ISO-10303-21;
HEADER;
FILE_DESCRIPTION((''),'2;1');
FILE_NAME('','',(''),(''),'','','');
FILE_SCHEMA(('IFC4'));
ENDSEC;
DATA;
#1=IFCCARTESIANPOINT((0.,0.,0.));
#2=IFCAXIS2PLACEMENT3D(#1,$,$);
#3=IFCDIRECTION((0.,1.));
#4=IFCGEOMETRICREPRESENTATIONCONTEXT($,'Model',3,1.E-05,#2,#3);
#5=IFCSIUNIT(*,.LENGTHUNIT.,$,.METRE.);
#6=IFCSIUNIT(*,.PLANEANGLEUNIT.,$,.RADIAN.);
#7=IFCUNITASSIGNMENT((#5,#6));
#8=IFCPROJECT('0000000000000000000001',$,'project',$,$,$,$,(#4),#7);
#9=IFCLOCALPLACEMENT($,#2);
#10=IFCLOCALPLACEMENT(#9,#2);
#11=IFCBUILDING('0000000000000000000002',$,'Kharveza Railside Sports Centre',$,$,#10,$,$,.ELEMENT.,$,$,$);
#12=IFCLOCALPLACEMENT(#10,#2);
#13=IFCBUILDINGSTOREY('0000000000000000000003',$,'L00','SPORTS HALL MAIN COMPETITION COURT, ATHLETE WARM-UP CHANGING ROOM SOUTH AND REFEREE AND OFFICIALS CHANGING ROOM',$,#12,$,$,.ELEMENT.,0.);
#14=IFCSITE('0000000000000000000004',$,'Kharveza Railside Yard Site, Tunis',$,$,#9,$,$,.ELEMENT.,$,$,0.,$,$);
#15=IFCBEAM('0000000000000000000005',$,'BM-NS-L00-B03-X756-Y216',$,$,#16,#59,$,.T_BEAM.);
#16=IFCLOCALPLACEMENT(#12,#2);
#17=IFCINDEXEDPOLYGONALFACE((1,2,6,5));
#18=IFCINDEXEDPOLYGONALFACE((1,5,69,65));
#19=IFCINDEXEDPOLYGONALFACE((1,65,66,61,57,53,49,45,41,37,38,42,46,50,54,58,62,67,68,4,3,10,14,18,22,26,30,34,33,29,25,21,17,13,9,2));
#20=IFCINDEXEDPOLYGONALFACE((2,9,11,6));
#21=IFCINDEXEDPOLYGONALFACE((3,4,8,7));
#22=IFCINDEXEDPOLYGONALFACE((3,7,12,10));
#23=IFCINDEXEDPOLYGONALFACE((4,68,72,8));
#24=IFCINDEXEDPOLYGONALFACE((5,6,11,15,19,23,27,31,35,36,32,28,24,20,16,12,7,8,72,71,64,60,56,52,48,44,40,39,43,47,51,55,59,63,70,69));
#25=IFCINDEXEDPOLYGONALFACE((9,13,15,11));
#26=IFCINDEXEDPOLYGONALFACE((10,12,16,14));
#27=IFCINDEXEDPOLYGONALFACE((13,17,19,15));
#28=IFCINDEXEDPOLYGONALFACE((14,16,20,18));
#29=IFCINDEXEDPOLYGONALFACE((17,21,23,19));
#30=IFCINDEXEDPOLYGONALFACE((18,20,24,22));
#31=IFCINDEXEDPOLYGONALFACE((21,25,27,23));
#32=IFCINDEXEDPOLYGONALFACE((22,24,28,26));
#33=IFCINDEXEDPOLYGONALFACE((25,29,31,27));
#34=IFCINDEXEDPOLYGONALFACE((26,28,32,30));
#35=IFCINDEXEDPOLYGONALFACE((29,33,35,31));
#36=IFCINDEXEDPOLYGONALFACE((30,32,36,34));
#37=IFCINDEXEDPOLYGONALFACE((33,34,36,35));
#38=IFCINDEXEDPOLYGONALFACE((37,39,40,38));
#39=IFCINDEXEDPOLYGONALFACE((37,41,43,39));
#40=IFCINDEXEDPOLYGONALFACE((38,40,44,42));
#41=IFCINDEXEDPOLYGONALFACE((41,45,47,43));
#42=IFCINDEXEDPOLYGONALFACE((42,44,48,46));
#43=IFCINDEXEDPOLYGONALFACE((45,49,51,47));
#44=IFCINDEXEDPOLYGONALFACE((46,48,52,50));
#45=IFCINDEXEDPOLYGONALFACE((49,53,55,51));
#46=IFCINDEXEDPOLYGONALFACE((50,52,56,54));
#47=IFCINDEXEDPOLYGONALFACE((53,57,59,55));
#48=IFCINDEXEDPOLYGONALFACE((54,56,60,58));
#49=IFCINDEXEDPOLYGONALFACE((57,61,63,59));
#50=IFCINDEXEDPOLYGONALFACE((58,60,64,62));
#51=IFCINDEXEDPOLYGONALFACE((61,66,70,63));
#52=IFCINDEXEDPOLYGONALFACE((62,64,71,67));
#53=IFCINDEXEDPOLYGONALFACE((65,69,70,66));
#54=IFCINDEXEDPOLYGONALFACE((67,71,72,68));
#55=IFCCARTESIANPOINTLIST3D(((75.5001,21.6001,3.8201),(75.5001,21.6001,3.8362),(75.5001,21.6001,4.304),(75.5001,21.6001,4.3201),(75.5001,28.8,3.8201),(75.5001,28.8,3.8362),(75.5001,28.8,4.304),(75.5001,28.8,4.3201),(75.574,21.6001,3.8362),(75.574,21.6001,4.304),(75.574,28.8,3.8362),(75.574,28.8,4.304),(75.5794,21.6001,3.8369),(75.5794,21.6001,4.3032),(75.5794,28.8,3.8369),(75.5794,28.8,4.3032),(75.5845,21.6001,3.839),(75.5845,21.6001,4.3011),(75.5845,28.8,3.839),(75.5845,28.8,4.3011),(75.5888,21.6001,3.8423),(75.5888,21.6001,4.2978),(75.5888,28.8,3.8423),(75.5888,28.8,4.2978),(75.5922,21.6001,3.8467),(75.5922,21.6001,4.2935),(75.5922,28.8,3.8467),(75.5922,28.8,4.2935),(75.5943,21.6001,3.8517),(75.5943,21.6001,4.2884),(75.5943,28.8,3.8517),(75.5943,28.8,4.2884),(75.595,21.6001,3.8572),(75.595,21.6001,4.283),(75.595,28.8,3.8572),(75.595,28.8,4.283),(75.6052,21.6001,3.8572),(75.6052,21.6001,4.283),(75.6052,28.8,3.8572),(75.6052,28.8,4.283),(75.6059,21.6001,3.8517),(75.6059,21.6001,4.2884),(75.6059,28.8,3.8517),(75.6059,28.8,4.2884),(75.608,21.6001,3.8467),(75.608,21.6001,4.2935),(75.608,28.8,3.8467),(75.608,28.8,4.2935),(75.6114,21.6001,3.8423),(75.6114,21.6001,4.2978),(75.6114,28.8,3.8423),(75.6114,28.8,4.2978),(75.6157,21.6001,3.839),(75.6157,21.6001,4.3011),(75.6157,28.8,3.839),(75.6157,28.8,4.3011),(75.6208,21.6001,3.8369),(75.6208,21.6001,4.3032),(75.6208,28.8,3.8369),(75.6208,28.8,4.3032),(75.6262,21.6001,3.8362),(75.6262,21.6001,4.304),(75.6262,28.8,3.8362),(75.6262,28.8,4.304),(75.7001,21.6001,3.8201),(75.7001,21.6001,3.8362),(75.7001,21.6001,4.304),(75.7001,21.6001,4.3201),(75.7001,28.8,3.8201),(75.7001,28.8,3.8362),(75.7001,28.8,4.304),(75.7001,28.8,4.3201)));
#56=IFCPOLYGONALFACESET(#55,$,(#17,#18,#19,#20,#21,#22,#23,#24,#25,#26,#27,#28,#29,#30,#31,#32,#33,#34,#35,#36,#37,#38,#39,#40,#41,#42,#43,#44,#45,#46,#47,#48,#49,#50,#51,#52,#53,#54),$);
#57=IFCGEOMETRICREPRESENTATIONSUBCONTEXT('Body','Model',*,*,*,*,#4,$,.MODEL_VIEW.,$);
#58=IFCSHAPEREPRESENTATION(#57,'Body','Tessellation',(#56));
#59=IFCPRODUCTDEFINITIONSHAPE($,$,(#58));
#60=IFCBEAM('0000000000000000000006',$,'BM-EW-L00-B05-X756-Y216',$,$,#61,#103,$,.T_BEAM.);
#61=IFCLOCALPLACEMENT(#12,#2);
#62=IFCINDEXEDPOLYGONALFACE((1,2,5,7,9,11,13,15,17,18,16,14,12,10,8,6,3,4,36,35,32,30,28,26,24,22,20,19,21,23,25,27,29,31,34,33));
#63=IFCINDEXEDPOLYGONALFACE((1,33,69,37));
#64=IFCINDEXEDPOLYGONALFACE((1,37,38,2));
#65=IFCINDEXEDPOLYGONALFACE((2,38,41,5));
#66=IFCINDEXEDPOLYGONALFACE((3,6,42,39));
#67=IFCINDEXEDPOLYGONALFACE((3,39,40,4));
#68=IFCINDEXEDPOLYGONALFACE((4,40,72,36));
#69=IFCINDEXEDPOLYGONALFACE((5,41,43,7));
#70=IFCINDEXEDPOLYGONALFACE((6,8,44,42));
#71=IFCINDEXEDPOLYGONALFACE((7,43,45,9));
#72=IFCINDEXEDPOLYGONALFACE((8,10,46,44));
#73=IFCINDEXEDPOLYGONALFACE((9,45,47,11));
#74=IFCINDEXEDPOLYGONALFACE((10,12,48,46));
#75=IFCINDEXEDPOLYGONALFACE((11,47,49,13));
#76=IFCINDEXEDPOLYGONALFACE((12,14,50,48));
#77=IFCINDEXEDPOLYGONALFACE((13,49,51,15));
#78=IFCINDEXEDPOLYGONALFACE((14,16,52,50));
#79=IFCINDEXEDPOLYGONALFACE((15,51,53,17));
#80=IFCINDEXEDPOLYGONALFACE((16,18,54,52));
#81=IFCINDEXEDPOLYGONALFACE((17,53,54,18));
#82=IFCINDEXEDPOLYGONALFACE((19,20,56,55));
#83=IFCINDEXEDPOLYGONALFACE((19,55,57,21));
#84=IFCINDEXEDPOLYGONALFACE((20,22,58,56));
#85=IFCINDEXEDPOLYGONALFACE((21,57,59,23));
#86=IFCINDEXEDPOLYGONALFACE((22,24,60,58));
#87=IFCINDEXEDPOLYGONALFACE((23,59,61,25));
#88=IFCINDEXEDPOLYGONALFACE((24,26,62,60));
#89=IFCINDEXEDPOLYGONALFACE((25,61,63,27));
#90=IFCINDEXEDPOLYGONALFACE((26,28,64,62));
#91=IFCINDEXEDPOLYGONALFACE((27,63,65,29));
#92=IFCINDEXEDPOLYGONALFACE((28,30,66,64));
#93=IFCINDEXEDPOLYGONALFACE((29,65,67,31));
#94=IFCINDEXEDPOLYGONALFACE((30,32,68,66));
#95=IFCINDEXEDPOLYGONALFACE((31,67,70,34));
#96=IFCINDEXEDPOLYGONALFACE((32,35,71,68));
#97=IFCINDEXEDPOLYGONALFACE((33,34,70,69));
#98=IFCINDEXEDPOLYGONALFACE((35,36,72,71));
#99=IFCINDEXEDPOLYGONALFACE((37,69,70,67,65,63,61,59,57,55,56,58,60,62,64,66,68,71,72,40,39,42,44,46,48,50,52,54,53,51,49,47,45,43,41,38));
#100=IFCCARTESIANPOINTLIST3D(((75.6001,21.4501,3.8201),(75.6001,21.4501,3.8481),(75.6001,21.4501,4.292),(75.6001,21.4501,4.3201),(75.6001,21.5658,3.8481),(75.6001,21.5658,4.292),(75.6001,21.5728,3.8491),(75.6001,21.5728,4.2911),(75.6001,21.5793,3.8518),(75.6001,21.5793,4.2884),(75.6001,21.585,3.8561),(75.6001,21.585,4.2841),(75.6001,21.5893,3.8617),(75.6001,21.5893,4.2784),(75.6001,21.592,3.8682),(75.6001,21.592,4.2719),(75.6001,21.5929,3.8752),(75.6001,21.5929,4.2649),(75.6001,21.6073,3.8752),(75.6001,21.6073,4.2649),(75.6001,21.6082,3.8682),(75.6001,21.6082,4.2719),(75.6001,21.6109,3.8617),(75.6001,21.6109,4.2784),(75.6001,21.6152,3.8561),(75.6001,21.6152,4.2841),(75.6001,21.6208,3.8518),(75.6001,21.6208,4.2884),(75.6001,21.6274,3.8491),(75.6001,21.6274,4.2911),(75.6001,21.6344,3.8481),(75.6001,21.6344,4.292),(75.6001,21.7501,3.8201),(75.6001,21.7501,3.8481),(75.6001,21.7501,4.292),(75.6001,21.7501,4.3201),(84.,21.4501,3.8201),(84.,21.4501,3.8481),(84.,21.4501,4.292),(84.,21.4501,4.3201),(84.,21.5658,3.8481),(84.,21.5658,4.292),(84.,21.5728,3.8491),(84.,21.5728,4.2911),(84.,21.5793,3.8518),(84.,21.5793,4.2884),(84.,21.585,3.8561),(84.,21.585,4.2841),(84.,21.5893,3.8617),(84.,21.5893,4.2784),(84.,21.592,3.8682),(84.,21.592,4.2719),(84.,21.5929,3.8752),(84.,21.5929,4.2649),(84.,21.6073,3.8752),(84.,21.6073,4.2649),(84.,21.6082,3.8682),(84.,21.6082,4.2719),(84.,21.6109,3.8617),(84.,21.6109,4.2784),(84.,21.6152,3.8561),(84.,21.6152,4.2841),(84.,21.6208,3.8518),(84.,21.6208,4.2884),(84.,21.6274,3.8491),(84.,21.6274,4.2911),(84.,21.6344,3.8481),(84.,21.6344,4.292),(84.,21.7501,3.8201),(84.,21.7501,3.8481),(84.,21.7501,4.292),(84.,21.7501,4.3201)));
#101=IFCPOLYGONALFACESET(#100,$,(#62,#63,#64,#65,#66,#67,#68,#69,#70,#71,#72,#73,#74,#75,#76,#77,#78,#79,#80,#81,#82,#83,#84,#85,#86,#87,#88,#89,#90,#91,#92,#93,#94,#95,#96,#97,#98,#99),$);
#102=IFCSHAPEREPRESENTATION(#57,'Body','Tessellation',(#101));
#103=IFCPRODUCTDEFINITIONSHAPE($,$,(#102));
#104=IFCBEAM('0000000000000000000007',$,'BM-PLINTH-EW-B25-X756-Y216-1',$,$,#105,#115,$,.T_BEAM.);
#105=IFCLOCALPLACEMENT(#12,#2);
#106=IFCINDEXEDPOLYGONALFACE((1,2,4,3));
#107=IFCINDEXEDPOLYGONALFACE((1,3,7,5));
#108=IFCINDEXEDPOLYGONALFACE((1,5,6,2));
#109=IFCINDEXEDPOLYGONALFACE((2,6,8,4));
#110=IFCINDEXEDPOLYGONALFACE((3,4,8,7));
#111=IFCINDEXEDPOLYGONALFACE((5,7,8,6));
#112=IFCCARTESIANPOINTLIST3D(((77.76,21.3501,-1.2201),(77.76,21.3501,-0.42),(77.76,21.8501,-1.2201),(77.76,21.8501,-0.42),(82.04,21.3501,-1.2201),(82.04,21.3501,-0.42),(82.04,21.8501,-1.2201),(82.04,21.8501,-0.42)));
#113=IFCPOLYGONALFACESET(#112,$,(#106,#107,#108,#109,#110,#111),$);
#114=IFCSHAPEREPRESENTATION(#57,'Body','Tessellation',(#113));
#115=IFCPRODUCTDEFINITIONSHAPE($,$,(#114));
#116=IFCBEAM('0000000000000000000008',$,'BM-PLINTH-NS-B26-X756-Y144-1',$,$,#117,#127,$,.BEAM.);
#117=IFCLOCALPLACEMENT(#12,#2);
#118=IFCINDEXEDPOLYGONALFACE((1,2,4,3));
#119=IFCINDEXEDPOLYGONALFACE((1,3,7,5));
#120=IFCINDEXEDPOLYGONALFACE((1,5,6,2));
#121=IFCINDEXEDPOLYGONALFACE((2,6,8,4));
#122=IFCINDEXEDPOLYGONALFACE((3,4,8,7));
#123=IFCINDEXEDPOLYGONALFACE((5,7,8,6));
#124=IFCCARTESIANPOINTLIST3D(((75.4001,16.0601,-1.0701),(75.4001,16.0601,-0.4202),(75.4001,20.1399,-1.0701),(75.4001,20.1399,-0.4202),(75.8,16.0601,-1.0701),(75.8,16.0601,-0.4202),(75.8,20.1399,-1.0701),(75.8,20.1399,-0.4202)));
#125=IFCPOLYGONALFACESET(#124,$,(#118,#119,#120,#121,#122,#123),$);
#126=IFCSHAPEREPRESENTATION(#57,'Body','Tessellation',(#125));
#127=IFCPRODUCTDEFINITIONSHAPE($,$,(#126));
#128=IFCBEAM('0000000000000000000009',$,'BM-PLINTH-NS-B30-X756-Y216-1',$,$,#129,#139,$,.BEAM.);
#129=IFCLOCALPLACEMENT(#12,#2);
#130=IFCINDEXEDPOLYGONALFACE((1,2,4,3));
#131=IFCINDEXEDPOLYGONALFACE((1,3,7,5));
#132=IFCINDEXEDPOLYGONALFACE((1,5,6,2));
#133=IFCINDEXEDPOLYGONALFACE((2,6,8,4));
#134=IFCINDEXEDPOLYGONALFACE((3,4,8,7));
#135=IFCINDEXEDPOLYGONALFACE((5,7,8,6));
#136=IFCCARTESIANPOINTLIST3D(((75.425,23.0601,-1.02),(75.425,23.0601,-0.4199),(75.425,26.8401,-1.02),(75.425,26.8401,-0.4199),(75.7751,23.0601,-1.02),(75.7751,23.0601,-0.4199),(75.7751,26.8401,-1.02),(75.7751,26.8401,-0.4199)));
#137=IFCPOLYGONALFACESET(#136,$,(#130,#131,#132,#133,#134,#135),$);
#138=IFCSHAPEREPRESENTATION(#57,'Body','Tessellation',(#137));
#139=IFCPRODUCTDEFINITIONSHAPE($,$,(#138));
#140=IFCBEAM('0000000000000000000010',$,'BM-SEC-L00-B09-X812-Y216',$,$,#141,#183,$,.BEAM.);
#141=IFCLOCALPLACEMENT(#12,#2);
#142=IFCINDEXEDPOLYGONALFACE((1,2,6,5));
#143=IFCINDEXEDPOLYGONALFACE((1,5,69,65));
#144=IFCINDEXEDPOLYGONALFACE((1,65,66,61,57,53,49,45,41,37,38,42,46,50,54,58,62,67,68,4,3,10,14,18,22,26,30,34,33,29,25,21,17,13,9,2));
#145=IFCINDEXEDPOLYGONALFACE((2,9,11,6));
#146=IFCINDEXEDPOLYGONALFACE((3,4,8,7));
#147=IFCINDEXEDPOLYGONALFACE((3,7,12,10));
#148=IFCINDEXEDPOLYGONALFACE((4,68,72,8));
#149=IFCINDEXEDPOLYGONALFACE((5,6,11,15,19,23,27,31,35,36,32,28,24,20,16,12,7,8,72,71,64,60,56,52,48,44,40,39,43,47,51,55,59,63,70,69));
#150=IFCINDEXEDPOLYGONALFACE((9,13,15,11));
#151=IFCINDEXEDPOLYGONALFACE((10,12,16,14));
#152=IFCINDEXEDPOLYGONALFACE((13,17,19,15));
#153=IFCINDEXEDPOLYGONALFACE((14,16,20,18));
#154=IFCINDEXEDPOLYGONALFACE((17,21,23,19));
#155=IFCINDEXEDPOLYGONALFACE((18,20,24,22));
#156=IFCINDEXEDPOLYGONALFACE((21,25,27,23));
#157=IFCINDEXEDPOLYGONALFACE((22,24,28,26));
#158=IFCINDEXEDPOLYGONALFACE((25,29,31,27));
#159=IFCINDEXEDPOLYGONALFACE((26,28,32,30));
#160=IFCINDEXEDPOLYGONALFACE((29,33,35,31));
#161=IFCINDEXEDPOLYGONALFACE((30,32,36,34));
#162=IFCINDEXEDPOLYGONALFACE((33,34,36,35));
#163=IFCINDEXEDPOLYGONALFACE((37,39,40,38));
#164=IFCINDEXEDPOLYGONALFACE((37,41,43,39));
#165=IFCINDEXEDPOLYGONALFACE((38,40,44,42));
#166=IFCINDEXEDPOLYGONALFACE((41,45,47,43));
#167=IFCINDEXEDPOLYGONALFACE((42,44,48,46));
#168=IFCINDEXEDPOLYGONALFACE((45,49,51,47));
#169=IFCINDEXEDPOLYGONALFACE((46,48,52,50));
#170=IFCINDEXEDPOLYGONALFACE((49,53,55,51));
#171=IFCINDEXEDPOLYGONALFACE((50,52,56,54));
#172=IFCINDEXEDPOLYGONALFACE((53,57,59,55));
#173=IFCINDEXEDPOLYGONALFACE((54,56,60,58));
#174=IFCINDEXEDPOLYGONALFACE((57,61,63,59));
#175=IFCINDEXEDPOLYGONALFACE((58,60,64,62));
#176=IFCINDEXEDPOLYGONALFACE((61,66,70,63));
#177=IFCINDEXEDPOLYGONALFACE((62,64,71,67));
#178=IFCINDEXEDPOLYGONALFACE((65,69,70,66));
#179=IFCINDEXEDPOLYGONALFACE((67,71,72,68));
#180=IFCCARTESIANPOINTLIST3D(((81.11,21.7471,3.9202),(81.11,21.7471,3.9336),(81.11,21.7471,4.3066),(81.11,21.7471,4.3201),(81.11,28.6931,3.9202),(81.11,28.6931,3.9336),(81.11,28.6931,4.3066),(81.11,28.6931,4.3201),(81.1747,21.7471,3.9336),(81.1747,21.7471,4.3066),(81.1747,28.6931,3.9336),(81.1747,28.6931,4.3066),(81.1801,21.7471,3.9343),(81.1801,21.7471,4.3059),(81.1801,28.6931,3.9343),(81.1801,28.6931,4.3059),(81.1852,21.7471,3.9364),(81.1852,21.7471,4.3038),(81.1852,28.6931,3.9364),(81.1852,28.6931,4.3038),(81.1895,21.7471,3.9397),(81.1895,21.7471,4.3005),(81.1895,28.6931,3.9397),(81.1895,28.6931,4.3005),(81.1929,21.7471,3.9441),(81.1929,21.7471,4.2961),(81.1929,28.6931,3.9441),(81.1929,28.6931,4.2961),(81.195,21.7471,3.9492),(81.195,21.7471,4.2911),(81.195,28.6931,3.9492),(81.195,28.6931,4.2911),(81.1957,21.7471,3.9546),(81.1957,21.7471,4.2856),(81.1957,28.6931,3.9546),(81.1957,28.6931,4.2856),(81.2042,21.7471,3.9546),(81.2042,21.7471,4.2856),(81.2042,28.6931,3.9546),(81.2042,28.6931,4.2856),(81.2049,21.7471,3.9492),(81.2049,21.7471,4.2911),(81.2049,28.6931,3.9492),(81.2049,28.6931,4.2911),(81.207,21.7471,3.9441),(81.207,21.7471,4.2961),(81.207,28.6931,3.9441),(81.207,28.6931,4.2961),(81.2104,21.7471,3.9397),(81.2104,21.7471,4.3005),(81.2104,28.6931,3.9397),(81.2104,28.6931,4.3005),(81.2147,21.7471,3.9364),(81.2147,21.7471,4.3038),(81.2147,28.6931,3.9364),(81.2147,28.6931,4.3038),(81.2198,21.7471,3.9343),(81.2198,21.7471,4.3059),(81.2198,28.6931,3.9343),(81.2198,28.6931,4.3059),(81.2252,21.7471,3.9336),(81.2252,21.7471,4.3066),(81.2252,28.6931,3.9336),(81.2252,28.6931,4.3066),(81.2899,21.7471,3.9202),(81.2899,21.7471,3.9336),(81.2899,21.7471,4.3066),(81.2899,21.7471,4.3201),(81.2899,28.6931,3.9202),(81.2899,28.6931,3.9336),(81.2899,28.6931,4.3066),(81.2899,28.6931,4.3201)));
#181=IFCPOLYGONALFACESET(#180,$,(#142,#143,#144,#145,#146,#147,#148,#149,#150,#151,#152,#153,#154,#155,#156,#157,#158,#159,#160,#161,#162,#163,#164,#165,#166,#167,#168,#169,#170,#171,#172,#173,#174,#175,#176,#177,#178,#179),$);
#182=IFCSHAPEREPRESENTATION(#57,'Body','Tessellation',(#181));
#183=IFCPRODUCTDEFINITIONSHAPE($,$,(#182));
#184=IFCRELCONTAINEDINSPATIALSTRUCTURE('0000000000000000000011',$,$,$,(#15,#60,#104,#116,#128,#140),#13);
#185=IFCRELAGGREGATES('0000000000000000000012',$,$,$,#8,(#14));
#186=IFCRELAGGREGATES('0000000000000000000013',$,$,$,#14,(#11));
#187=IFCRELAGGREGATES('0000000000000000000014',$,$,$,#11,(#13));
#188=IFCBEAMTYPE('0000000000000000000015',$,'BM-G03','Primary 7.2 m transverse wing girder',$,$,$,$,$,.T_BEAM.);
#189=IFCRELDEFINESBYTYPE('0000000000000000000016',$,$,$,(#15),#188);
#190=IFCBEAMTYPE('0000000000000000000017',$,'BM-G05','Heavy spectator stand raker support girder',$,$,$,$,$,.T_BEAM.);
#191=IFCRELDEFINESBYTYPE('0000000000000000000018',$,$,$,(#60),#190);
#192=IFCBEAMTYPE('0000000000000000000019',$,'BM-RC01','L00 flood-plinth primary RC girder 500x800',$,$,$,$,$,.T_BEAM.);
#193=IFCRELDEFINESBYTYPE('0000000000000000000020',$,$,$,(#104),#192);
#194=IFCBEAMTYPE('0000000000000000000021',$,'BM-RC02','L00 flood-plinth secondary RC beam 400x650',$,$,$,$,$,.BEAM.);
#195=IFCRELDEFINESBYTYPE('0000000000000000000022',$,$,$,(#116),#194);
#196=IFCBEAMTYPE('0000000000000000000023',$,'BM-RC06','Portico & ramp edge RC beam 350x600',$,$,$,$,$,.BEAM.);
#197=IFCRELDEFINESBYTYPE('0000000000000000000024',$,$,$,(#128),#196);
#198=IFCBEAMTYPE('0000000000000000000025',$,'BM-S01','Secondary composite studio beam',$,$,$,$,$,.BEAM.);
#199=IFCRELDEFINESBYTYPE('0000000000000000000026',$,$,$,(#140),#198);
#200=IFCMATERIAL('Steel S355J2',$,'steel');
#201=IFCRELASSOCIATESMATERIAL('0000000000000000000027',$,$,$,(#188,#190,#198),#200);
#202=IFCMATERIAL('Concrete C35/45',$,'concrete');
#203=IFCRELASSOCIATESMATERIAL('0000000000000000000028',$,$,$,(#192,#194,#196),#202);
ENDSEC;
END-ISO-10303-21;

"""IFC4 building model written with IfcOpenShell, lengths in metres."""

from ifc_helpers import new_model, si_unit, direction, frame, origin, origin_2d, place, context, subcontext, project, spatial, rectangle, i_section, extrude, material, material_profile, profile_set, type_object, element, save


model = new_model("IFC4")

# Units and contexts
model_context = context("Model", 3, precision=1e-05, world=origin(), true_north=direction((0.0, 1.0)))
body_context = subcontext(model_context, "Body", "Model", "MODEL_VIEW")
ifc_project = project(units=[si_unit("LENGTHUNIT", "METRE"), si_unit("PLANEANGLEUNIT", "RADIAN")], contexts=[model_context])

# Site, building, storey
site_placement = place(None, origin())
site = spatial("IfcSite", under=ifc_project, at=site_placement, Name="Kharveza Railside Yard Site, Tunis", CompositionType="ELEMENT", RefElevation=0.0)
building_placement = place(site_placement, origin())
building = spatial("IfcBuilding", under=site, at=building_placement, Name="Kharveza Railside Sports Centre", CompositionType="ELEMENT")
storey_placement = place(building_placement, origin())
storey = spatial("IfcBuildingStorey", under=building, at=storey_placement, Name="L00", Description="SPORTS HALL MAIN COMPETITION COURT, ATHLETE WARM-UP CHANGING ROOM SOUTH AND REFEREE AND OFFICIALS CHANGING ROOM", CompositionType="ELEMENT", Elevation=0.0)

# Shared definitions
ifc_material_1 = material(Name="Concrete C35/45", Category="concrete")

# Shared definitions
ifc_material_2 = material(Name="Steel S355J2", Category="steel")

# Beams
ifc_material_profile_1 = material_profile(ifc_material_2, i_section(OverallWidth=0.2, OverallDepth=0.5, WebThickness=0.0103, FlangeThickness=0.0161, FilletRadius=0.021, at=origin_2d()), Name="IPE 500")
ifc_profile_set_1 = profile_set([ifc_material_profile_1], Name="Steel S355J2")
beam_type_1 = type_object("IfcBeamType", Name="BM-G03", Description="Primary 7.2 m transverse wing girder", PredefinedType="T_BEAM", material=ifc_profile_set_1)
beam_1_placement = place(storey_placement, frame((75.6001, 21.6001, 4.0701), z_axis=(0.0, 1.0, 0.0), x_axis=(-1.0, 0.0, 0.0)))
element("IfcBeam", 1, at=beam_1_placement, inside=storey, type_object=beam_type_1, Name="BM-NS-L00-B03-X756-Y216", PredefinedType="T_BEAM", context=body_context, shape_type="SweptSolid", body=[
    extrude(i_section(OverallWidth=0.2, OverallDepth=0.5, WebThickness=0.0103, FlangeThickness=0.0161, FilletRadius=0.021, at=origin_2d()), origin(), (0.0, 0.0, 1.0), 7.2),
])
ifc_material_profile_2 = material_profile(ifc_material_2, i_section(OverallWidth=0.3, OverallDepth=0.5, WebThickness=0.0144, FlangeThickness=0.0281, FilletRadius=0.0271, at=origin_2d()), Name="HEB 500")
ifc_profile_set_2 = profile_set([ifc_material_profile_2], Name="Steel S355J2")
beam_type_2 = type_object("IfcBeamType", Name="BM-G05", Description="Heavy spectator stand raker support girder", PredefinedType="T_BEAM", material=ifc_profile_set_2)
beam_2_placement = place(storey_placement, frame((75.6001, 21.6001, 4.0701), z_axis=(1.0, 0.0, 0.0), x_axis=(0.0, 1.0, 0.0)))
element("IfcBeam", 2, at=beam_2_placement, inside=storey, type_object=beam_type_2, Name="BM-EW-L00-B05-X756-Y216", PredefinedType="T_BEAM", context=body_context, shape_type="SweptSolid", body=[
    extrude(i_section(OverallWidth=0.3, OverallDepth=0.5, WebThickness=0.0144, FlangeThickness=0.0281, FilletRadius=0.0271, at=origin_2d()), origin(), (0.0, 0.0, 1.0), 8.3999),
])
ifc_material_profile_3 = material_profile(ifc_material_1, rectangle(XDim=0.5, YDim=0.8, at=origin_2d()), Name="RCB 500x800")
ifc_profile_set_3 = profile_set([ifc_material_profile_3], Name="Concrete C35/45")
beam_type_3 = type_object("IfcBeamType", Name="BM-RC01", Description="L00 flood-plinth primary RC girder 500x800", PredefinedType="T_BEAM", material=ifc_profile_set_3)
beam_3_placement = place(storey_placement, frame((77.76, 21.6001, -0.8201), z_axis=(1.0, 0.0, 0.0), x_axis=(0.0, 1.0, 0.0)))
element("IfcBeam", 3, at=beam_3_placement, inside=storey, type_object=beam_type_3, Name="BM-PLINTH-EW-B25-X756-Y216-1", PredefinedType="T_BEAM", context=body_context, shape_type="SweptSolid", body=[
    extrude(rectangle(XDim=0.5, YDim=0.8, at=origin_2d()), origin(), (0.0, 0.0, 1.0), 4.28),
])
ifc_material_profile_4 = material_profile(ifc_material_1, rectangle(XDim=0.3999, YDim=0.6499, at=origin_2d()), Name="RCB 400x650")
ifc_profile_set_4 = profile_set([ifc_material_profile_4], Name="Concrete C35/45")
beam_type_4 = type_object("IfcBeamType", Name="BM-RC02", Description="L00 flood-plinth secondary RC beam 400x650", PredefinedType="BEAM", material=ifc_profile_set_4)
beam_4_placement = place(storey_placement, frame((75.6001, 16.0601, -0.7451), z_axis=(0.0, 1.0, 0.0), x_axis=(-1.0, 0.0, 0.0)))
element("IfcBeam", 4, at=beam_4_placement, inside=storey, type_object=beam_type_4, Name="BM-PLINTH-NS-B26-X756-Y144-1", PredefinedType="BEAM", context=body_context, shape_type="SweptSolid", body=[
    extrude(rectangle(XDim=0.3999, YDim=0.6499, at=origin_2d()), origin(), (0.0, 0.0, 1.0), 4.0798),
])
ifc_material_profile_5 = material_profile(ifc_material_1, rectangle(XDim=0.3501, YDim=0.6001, at=origin_2d()), Name="RCB 350x600")
ifc_profile_set_5 = profile_set([ifc_material_profile_5], Name="Concrete C35/45")
beam_type_5 = type_object("IfcBeamType", Name="BM-RC06", Description="Portico & ramp edge RC beam 350x600", PredefinedType="BEAM", material=ifc_profile_set_5)
beam_5_placement = place(storey_placement, frame((75.6001, 23.0601, -0.72), z_axis=(0.0, 1.0, 0.0), x_axis=(-1.0, 0.0, 0.0)))
element("IfcBeam", 5, at=beam_5_placement, inside=storey, type_object=beam_type_5, Name="BM-PLINTH-NS-B30-X756-Y216-1", PredefinedType="BEAM", context=body_context, shape_type="SweptSolid", body=[
    extrude(rectangle(XDim=0.3501, YDim=0.6001, at=origin_2d()), origin(), (0.0, 0.0, 1.0), 3.78),
])
ifc_material_profile_6 = material_profile(ifc_material_2, i_section(OverallWidth=0.1799, OverallDepth=0.3999, WebThickness=0.0085, FlangeThickness=0.0134, FilletRadius=0.021, at=origin_2d()), Name="IPE 400")
ifc_profile_set_6 = profile_set([ifc_material_profile_6], Name="Steel S355J2")
beam_type_6 = type_object("IfcBeamType", Name="BM-S01", Description="Secondary composite studio beam", PredefinedType="BEAM", material=ifc_profile_set_6)
beam_6_placement = place(storey_placement, frame((81.2, 21.7471, 4.1201), z_axis=(0.0, 1.0, 0.0), x_axis=(-1.0, 0.0, 0.0)))
element("IfcBeam", 6, at=beam_6_placement, inside=storey, type_object=beam_type_6, Name="BM-SEC-L00-B09-X812-Y216", PredefinedType="BEAM", context=body_context, shape_type="SweptSolid", body=[
    extrude(i_section(OverallWidth=0.1799, OverallDepth=0.3999, WebThickness=0.0085, FlangeThickness=0.0134, FilletRadius=0.021, at=origin_2d()), origin(), (0.0, 0.0, 1.0), 6.946),
])

save(model, "model.ifc")
